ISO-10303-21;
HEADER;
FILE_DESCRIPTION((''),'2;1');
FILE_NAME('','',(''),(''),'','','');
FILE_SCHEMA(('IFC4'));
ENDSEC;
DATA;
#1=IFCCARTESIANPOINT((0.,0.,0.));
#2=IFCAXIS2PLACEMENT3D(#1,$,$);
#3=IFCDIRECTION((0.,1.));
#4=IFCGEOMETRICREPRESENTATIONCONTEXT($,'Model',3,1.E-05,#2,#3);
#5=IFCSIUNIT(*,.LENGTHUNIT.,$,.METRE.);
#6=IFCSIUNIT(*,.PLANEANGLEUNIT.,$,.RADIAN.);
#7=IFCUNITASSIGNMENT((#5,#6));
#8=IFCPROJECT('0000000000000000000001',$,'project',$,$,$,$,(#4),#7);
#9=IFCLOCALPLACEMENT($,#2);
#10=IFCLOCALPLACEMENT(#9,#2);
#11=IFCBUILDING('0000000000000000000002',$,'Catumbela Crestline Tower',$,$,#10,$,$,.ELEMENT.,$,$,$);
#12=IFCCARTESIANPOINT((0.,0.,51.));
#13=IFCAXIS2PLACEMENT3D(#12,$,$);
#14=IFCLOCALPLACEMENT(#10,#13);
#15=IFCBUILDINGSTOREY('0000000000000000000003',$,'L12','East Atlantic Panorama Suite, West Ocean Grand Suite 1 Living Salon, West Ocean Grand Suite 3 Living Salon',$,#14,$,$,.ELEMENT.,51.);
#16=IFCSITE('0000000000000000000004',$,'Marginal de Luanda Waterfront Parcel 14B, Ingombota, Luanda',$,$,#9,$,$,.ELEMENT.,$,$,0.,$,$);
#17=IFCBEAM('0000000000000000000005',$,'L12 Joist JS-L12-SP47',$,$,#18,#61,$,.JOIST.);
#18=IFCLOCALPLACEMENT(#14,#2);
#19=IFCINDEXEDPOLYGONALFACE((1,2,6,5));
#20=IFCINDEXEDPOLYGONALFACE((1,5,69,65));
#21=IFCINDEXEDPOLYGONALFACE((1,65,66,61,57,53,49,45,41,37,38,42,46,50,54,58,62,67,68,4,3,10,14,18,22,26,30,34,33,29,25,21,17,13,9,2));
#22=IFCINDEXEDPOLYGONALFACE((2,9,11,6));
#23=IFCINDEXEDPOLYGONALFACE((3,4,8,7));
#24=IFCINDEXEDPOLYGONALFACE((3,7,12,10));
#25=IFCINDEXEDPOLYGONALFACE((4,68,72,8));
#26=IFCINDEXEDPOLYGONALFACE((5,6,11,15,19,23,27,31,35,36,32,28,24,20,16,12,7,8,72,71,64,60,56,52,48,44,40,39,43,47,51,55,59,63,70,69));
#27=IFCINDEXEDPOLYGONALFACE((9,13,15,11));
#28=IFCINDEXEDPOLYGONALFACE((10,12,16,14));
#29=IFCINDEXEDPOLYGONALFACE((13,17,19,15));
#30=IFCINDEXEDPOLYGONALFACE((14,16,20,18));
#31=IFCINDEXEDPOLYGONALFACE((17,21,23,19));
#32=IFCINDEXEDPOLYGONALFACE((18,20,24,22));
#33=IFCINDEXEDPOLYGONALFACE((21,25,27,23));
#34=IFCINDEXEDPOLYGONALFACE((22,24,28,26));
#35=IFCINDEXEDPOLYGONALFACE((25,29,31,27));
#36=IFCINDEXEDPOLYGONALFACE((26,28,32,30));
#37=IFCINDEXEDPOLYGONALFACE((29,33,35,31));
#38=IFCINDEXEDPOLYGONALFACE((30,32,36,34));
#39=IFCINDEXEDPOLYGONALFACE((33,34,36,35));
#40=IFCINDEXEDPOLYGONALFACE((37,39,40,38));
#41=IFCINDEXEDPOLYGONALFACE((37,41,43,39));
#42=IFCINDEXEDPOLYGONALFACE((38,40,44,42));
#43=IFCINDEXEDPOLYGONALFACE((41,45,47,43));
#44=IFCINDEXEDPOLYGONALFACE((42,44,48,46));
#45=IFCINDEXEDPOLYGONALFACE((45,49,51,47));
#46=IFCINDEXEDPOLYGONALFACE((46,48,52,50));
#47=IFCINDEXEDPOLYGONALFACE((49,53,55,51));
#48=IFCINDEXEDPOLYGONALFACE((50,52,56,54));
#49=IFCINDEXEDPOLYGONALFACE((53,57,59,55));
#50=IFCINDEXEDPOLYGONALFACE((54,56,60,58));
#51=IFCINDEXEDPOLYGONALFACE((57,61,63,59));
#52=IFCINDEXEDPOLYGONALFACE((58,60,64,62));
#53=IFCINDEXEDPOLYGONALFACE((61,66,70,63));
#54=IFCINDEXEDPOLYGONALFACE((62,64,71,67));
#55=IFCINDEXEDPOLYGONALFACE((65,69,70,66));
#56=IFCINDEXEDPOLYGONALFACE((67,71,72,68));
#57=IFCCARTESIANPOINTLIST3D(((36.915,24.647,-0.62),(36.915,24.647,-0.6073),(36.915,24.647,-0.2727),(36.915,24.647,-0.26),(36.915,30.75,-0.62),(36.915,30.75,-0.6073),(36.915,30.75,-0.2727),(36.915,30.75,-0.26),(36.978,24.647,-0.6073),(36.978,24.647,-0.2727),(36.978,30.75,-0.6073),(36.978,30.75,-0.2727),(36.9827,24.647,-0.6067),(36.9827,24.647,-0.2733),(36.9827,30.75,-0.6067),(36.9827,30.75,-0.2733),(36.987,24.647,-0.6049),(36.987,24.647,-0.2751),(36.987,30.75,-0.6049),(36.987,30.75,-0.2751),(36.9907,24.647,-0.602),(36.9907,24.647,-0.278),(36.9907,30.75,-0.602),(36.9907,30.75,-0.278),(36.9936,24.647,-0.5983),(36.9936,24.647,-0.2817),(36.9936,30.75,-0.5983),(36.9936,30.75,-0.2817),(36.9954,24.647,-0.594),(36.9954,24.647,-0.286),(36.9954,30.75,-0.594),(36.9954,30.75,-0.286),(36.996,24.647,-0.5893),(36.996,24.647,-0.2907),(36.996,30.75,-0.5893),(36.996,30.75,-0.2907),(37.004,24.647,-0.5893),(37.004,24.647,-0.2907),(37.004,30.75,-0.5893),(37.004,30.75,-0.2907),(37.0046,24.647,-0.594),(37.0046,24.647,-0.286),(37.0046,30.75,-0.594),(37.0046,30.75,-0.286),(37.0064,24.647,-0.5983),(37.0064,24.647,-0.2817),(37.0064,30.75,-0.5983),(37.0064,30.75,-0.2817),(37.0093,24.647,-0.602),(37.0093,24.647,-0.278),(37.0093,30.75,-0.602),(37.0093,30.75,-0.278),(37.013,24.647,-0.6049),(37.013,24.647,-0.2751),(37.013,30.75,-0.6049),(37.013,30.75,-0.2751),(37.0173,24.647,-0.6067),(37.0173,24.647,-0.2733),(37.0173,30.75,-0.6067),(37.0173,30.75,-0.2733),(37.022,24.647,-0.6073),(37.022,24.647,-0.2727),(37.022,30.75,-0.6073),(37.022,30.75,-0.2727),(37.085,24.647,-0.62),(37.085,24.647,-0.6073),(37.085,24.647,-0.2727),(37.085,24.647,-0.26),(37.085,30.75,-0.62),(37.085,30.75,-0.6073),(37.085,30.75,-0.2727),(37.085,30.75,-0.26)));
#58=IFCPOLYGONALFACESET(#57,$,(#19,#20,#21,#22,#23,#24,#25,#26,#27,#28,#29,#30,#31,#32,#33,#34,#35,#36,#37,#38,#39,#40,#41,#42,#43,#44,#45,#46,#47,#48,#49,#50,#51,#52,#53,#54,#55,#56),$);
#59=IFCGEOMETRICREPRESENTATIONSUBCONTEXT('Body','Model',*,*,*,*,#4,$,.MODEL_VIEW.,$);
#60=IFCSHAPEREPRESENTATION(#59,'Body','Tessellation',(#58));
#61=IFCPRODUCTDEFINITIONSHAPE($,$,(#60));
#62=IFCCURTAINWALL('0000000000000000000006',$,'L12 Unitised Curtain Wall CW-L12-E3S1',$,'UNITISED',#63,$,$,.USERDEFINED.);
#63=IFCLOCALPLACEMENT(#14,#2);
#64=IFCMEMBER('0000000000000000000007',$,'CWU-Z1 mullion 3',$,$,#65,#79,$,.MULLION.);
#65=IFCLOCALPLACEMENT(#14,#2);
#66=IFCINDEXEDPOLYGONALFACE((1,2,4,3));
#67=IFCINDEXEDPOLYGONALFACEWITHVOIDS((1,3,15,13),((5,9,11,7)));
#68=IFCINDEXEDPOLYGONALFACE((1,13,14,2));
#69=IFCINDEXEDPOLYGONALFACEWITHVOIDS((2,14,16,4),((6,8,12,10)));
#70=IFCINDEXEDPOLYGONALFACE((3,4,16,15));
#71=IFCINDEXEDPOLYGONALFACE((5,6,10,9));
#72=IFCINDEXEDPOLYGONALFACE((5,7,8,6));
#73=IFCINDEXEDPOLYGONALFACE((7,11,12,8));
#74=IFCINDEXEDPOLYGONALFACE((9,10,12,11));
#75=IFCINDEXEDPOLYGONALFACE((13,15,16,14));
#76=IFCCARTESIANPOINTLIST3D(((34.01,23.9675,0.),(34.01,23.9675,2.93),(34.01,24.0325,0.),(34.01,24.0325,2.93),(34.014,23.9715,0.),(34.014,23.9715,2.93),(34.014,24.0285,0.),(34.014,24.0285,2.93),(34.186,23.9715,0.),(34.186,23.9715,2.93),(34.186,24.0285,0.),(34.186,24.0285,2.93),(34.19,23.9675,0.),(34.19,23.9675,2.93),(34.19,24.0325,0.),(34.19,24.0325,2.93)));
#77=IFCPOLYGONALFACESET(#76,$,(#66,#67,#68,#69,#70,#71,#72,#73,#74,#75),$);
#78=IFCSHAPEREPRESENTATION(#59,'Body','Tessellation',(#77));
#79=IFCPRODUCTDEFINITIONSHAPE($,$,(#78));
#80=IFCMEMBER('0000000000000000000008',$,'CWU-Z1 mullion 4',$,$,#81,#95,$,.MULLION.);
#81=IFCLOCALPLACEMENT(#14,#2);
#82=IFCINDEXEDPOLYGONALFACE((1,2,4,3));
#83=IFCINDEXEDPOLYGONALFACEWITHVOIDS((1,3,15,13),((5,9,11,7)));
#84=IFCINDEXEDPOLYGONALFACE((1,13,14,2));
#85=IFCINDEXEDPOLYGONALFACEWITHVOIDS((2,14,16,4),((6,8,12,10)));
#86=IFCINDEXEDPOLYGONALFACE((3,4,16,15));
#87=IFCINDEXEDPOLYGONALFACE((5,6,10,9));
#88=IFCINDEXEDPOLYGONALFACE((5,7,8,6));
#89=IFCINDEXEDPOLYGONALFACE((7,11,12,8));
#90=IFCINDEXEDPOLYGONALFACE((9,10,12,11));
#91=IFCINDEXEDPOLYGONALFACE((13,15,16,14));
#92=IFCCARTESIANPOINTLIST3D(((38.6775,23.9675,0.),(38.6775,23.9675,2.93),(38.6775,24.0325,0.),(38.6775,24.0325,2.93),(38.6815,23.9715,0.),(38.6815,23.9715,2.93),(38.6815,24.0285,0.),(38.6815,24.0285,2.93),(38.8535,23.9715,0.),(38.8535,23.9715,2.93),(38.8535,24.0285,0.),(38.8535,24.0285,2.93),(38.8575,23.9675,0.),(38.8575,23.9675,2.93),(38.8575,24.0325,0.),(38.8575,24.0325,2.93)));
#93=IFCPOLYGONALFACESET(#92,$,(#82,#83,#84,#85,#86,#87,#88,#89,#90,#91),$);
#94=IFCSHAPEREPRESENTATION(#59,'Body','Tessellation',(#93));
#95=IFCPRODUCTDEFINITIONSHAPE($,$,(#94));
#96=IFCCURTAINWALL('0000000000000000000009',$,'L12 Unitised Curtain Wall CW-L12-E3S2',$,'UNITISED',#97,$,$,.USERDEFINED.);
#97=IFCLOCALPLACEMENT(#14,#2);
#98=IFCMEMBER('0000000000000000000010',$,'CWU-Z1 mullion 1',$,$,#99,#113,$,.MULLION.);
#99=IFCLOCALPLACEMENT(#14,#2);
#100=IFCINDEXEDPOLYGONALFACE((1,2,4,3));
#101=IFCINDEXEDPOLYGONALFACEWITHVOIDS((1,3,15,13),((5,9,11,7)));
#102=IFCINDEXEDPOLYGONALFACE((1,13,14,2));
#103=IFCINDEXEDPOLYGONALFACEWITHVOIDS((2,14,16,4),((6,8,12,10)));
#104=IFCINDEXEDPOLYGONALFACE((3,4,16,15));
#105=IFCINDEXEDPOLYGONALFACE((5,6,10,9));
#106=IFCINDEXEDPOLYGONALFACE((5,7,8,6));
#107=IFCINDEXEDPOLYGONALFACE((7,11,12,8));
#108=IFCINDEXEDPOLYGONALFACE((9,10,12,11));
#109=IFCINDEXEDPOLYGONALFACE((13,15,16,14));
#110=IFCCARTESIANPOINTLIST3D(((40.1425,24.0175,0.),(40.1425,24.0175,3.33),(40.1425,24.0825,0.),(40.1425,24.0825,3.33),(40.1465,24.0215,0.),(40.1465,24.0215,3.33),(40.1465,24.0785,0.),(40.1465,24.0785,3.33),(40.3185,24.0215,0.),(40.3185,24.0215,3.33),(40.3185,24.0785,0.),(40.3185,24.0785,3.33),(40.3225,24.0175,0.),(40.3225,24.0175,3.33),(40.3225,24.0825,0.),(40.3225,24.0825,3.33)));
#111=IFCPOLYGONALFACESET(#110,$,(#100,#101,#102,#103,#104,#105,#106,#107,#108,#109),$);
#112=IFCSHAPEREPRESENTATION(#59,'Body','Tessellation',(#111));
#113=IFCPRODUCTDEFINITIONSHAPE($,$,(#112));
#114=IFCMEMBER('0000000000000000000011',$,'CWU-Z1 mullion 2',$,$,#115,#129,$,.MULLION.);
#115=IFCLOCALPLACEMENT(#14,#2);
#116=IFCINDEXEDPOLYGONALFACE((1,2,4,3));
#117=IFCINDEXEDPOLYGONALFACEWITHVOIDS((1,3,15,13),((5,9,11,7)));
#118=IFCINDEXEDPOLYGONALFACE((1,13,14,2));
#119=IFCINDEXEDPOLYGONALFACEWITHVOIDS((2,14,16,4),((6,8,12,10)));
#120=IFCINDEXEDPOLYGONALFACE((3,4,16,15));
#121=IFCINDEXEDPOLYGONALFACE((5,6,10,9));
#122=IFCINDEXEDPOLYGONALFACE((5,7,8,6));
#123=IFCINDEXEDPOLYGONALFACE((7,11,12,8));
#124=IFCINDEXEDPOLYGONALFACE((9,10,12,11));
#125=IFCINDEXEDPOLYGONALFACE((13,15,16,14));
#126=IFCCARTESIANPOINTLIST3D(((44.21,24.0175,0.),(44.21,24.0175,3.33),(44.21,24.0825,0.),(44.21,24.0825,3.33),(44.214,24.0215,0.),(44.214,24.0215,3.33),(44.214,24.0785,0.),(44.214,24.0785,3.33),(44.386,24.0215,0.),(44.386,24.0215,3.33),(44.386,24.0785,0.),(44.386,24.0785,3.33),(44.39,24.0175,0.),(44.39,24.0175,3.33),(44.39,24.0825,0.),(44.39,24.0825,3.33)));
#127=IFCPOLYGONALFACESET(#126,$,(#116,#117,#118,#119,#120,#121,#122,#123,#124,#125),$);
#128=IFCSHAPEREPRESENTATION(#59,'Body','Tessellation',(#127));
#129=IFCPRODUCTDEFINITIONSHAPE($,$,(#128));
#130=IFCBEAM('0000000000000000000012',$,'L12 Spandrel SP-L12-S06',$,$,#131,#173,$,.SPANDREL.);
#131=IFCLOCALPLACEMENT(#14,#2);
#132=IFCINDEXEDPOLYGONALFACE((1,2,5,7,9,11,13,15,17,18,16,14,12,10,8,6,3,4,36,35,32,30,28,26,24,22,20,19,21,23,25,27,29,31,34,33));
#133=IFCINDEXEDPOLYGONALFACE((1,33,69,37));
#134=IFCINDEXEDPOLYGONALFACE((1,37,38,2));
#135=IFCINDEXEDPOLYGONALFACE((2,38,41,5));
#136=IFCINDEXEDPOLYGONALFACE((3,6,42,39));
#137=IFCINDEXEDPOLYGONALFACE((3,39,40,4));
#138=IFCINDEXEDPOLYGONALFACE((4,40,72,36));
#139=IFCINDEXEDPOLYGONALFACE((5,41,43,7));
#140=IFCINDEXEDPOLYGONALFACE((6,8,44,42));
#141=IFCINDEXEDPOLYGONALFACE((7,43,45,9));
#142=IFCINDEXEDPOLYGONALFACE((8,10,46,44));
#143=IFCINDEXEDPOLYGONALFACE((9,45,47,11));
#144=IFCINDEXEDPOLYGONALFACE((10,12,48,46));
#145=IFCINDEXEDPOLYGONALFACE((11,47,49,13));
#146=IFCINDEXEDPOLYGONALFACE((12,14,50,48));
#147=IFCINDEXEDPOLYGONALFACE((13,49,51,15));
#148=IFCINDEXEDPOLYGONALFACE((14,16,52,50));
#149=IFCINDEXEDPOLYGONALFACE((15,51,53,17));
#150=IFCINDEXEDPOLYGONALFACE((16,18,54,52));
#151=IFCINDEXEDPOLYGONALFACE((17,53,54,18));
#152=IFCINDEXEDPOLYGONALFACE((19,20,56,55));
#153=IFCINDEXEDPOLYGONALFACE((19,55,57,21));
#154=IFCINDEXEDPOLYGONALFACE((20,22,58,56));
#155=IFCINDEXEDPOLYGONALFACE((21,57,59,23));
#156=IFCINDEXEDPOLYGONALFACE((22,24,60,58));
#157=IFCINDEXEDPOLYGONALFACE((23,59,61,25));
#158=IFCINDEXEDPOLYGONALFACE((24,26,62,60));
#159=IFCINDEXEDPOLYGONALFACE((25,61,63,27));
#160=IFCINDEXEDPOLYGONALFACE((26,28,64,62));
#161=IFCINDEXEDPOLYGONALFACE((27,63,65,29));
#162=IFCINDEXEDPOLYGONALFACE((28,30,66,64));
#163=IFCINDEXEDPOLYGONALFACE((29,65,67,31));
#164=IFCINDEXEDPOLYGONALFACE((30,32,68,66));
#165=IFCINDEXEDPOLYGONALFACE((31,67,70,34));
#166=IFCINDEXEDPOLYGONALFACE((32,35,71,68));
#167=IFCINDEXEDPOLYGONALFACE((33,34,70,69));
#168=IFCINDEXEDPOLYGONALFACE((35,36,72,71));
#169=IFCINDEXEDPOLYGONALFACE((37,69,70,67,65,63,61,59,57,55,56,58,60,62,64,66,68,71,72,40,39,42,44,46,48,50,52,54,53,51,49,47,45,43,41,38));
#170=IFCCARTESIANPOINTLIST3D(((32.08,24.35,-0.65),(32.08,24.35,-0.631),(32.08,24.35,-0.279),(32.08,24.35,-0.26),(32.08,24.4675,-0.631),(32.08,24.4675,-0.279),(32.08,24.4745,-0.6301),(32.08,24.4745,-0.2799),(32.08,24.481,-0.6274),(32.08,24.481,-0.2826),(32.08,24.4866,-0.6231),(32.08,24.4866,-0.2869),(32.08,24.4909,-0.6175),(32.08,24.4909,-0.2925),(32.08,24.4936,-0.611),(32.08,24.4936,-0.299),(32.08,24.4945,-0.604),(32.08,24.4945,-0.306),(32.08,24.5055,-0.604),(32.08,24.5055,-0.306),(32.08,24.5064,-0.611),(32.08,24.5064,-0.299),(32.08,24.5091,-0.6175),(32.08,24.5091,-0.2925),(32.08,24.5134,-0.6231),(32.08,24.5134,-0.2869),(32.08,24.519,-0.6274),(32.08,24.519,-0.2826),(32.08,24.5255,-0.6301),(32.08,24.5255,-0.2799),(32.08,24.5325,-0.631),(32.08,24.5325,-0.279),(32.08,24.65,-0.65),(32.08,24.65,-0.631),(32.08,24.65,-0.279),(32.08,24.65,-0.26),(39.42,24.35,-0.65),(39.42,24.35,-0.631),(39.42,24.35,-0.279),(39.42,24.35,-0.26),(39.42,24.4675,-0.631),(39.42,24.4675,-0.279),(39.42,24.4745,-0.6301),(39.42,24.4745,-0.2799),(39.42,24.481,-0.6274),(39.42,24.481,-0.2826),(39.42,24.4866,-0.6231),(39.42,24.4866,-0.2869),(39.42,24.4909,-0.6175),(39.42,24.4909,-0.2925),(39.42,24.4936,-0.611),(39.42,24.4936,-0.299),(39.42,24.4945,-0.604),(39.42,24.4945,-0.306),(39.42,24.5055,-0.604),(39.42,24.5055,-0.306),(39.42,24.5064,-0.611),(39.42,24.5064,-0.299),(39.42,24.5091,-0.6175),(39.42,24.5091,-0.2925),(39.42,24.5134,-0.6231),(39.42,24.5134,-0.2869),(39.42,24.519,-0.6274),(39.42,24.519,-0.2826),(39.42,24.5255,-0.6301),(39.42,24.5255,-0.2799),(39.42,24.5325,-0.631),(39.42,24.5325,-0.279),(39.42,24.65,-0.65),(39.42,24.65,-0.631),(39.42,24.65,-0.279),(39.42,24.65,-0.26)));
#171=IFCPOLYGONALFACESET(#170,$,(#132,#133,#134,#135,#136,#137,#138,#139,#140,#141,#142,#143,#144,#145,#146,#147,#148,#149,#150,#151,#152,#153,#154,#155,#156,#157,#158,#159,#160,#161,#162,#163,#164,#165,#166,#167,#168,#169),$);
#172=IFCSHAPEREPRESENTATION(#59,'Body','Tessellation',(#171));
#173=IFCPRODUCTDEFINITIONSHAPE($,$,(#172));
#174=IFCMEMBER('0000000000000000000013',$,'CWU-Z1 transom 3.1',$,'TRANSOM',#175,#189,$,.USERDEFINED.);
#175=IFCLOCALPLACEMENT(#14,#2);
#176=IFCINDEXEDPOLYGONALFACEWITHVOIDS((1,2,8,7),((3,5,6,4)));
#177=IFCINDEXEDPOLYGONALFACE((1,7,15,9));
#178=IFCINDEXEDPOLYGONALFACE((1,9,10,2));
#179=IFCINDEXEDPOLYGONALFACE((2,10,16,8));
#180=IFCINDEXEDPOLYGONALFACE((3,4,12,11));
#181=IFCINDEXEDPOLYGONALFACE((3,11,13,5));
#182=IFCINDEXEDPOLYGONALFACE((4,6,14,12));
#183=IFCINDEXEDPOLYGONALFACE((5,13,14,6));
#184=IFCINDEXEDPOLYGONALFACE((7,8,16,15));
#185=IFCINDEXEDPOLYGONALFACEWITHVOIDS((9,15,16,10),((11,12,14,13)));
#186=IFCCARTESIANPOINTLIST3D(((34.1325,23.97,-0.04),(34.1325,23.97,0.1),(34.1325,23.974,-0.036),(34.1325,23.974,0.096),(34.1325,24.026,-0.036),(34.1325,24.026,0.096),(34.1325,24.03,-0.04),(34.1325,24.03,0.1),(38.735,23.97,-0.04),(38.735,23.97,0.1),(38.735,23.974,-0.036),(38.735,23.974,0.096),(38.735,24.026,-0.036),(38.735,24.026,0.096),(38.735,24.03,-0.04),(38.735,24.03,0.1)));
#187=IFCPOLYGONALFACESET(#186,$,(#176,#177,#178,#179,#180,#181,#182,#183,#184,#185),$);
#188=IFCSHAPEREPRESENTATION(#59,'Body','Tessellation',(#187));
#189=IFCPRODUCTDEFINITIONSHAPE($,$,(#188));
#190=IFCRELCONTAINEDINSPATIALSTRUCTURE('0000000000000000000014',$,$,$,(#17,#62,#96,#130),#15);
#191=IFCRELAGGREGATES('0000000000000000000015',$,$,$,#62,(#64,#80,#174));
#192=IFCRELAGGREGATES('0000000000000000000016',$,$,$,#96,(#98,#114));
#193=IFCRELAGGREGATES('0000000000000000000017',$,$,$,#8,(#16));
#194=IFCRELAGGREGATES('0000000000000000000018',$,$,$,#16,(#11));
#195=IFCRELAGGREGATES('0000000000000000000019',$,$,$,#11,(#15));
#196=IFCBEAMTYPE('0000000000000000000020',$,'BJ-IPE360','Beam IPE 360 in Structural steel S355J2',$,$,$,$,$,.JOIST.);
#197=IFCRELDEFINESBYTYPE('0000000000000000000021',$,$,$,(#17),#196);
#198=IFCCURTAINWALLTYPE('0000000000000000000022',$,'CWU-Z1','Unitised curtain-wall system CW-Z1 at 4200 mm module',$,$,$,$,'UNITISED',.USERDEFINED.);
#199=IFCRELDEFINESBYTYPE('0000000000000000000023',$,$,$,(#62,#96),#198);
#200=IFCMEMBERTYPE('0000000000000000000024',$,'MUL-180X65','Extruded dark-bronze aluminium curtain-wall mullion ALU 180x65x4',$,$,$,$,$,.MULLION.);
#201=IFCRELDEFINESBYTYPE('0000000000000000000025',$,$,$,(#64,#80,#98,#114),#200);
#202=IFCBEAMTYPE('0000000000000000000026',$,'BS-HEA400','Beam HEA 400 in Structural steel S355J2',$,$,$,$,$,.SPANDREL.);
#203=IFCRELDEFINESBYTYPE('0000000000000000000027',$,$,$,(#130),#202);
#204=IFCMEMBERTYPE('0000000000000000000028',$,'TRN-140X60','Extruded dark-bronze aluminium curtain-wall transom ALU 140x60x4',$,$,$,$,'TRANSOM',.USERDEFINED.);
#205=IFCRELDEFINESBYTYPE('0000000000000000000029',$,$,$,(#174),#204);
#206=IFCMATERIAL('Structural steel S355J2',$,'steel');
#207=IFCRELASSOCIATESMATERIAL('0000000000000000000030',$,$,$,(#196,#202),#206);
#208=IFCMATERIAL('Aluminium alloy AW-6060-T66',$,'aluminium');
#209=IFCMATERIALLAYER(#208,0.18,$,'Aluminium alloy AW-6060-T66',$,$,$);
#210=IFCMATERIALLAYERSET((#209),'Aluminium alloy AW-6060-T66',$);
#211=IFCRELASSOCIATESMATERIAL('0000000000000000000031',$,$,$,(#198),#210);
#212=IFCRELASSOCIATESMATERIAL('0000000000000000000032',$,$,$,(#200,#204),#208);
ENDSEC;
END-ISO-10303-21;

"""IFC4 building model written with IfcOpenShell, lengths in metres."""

from ifc_helpers import new_model, si_unit, direction, frame, origin, origin_2d, place, context, subcontext, project, spatial, hollow_rectangle, i_section, extrude, material, layer, layer_set, material_profile, profile_set, type_object, element, aggregate, save


model = new_model("IFC4")

# Units and contexts
model_context = context("Model", 3, precision=1e-05, world=origin(), true_north=direction((0.0, 1.0)))
body_context = subcontext(model_context, "Body", "Model", "MODEL_VIEW")
ifc_project = project(units=[si_unit("LENGTHUNIT", "METRE"), si_unit("PLANEANGLEUNIT", "RADIAN")], contexts=[model_context])

# Site, building, storey
site_placement = place(None, origin())
site = spatial("IfcSite", under=ifc_project, at=site_placement, Name="Marginal de Luanda Waterfront Parcel 14B, Ingombota, Luanda", CompositionType="ELEMENT", RefElevation=0.0)
building_placement = place(site_placement, origin())
building = spatial("IfcBuilding", under=site, at=building_placement, Name="Catumbela Crestline Tower", CompositionType="ELEMENT")
storey_placement = place(building_placement, frame((0.0, 0.0, 51.0)))
storey = spatial("IfcBuildingStorey", under=building, at=storey_placement, Name="L12", Description="East Atlantic Panorama Suite, West Ocean Grand Suite 1 Living Salon, West Ocean Grand Suite 3 Living Salon", CompositionType="ELEMENT", Elevation=51.0)

# Beam
ifc_material_1 = material(Name="Structural steel S355J2", Category="steel")
ifc_material_profile_1 = material_profile(ifc_material_1, i_section(OverallWidth=0.17, OverallDepth=0.36, WebThickness=0.008, FlangeThickness=0.0127, FilletRadius=0.018, at=origin_2d()), Name="IPE 360")
ifc_profile_set_1 = profile_set([ifc_material_profile_1], Name="Structural steel S355J2")
beam_type_1 = type_object("IfcBeamType", Name="BJ-IPE360", Description="Beam IPE 360 in Structural steel S355J2", PredefinedType="JOIST", material=ifc_profile_set_1)
for number, where, z_axis, x_axis, name in (
    (1, (37.0, 24.647, -0.44), (0.0, 1.0, 0.0), (-1.0, 0.0, 0.0), "L12 Joist JS-L12-SP47"),
):
    element("IfcBeam", number, at=place(storey_placement, frame(where, z_axis=z_axis, x_axis=x_axis)), inside=storey, type_object=beam_type_1, Name=name, PredefinedType="JOIST", context=body_context, shape_type="SweptSolid", body=[
        extrude(i_section(OverallWidth=0.17, OverallDepth=0.36, WebThickness=0.008, FlangeThickness=0.0127, FilletRadius=0.018, at=origin_2d()), origin(), (0.0, 0.0, 1.0), 6.103),
    ])

# Curtain walls, members
ifc_material_2 = material(Name="Aluminium alloy AW-6060-T66", Category="aluminium")
ifc_layer_1 = layer(ifc_material_2, 0.18, Name="Aluminium alloy AW-6060-T66")
ifc_layer_set_1 = layer_set([ifc_layer_1], Name="Aluminium alloy AW-6060-T66")
curtain_wall_type = type_object("IfcCurtainWallType", Name="CWU-Z1", Description="Unitised curtain-wall system CW-Z1 at 4200 mm module", ElementType="UNITISED", PredefinedType="USERDEFINED", material=ifc_layer_set_1)
curtain_wall_1_placement = place(storey_placement, origin())
curtain_wall_1 = element("IfcCurtainWall", 2, at=curtain_wall_1_placement, inside=storey, type_object=curtain_wall_type, Name="L12 Unitised Curtain Wall CW-L12-E3S1", ObjectType="UNITISED", PredefinedType="USERDEFINED")
ifc_material_profile_2 = material_profile(ifc_material_2, hollow_rectangle(XDim=0.065, YDim=0.18, WallThickness=0.004, at=origin_2d()), Name="ALU 180x65x4")
ifc_profile_set_2 = profile_set([ifc_material_profile_2], Name="Aluminium alloy AW-6060-T66")
member_type_1 = type_object("IfcMemberType", Name="MUL-180X65", Description="Extruded dark-bronze aluminium curtain-wall mullion ALU 180x65x4", PredefinedType="MULLION", material=ifc_profile_set_2)
member_1_placement = place(storey_placement, frame((34.1, 24.0, 0.0), z_axis=(0.0, 0.0, 1.0), x_axis=(0.0, 1.0, 0.0)))
member_1 = element("IfcMember", 3, at=member_1_placement, type_object=member_type_1, Name="CWU-Z1 mullion 3", PredefinedType="MULLION", context=body_context, shape_type="SweptSolid", body=[
    extrude(hollow_rectangle(XDim=0.065, YDim=0.18, WallThickness=0.004, at=origin_2d()), origin(), (0.0, 0.0, 1.0), 2.93),
])
member_2_placement = place(storey_placement, frame((38.7675, 24.0, 0.0), z_axis=(0.0, 0.0, 1.0), x_axis=(0.0, 1.0, 0.0)))
member_2 = element("IfcMember", 4, at=member_2_placement, type_object=member_type_1, Name="CWU-Z1 mullion 4", PredefinedType="MULLION", context=body_context, shape_type="SweptSolid", body=[
    extrude(hollow_rectangle(XDim=0.065, YDim=0.18, WallThickness=0.004, at=origin_2d()), origin(), (0.0, 0.0, 1.0), 2.93),
])
curtain_wall_2_placement = place(storey_placement, origin())
curtain_wall_2 = element("IfcCurtainWall", 5, at=curtain_wall_2_placement, inside=storey, type_object=curtain_wall_type, Name="L12 Unitised Curtain Wall CW-L12-E3S2", ObjectType="UNITISED", PredefinedType="USERDEFINED")
member_3_placement = place(storey_placement, frame((40.2325, 24.05, 0.0), z_axis=(0.0, 0.0, 1.0), x_axis=(0.0, 1.0, 0.0)))
member_3 = element("IfcMember", 6, at=member_3_placement, type_object=member_type_1, Name="CWU-Z1 mullion 1", PredefinedType="MULLION", context=body_context, shape_type="SweptSolid", body=[
    extrude(hollow_rectangle(XDim=0.065, YDim=0.18, WallThickness=0.004, at=origin_2d()), origin(), (0.0, 0.0, 1.0), 3.33),
])
member_4_placement = place(storey_placement, frame((44.3, 24.05, 0.0), z_axis=(0.0, 0.0, 1.0), x_axis=(0.0, 1.0, 0.0)))
member_4 = element("IfcMember", 7, at=member_4_placement, type_object=member_type_1, Name="CWU-Z1 mullion 2", PredefinedType="MULLION", context=body_context, shape_type="SweptSolid", body=[
    extrude(hollow_rectangle(XDim=0.065, YDim=0.18, WallThickness=0.004, at=origin_2d()), origin(), (0.0, 0.0, 1.0), 3.33),
])

# Beam
ifc_material_profile_3 = material_profile(ifc_material_1, i_section(OverallWidth=0.3, OverallDepth=0.39, WebThickness=0.011, FlangeThickness=0.019, FilletRadius=0.027, at=origin_2d()), Name="HEA 400")
ifc_profile_set_3 = profile_set([ifc_material_profile_3], Name="Structural steel S355J2")
beam_type_2 = type_object("IfcBeamType", Name="BS-HEA400", Description="Beam HEA 400 in Structural steel S355J2", PredefinedType="SPANDREL", material=ifc_profile_set_3)
beam_1_placement = place(storey_placement, frame((32.08, 24.5, -0.455), z_axis=(1.0, 0.0, 0.0), x_axis=(0.0, 1.0, 0.0)))
element("IfcBeam", 8, at=beam_1_placement, inside=storey, type_object=beam_type_2, Name="L12 Spandrel SP-L12-S06", PredefinedType="SPANDREL", context=body_context, shape_type="SweptSolid", body=[
    extrude(i_section(OverallWidth=0.3, OverallDepth=0.39, WebThickness=0.011, FlangeThickness=0.019, FilletRadius=0.027, at=origin_2d()), origin(), (0.0, 0.0, 1.0), 7.34),
])

# Member
ifc_material_profile_4 = material_profile(ifc_material_2, hollow_rectangle(XDim=0.06, YDim=0.14, WallThickness=0.004, at=origin_2d()), Name="ALU 140x60x4")
ifc_profile_set_4 = profile_set([ifc_material_profile_4], Name="Aluminium alloy AW-6060-T66")
member_type_2 = type_object("IfcMemberType", Name="TRN-140X60", Description="Extruded dark-bronze aluminium curtain-wall transom ALU 140x60x4", ElementType="TRANSOM", PredefinedType="USERDEFINED", material=ifc_profile_set_4)
member_5_placement = place(storey_placement, frame((34.1325, 24.0, 0.03), z_axis=(1.0, 0.0, 0.0), x_axis=(0.0, 1.0, 0.0)))
member_5 = element("IfcMember", 9, at=member_5_placement, type_object=member_type_2, Name="CWU-Z1 transom 3.1", ObjectType="TRANSOM", PredefinedType="USERDEFINED", context=body_context, shape_type="SweptSolid", body=[
    extrude(hollow_rectangle(XDim=0.06, YDim=0.14, WallThickness=0.004, at=origin_2d()), origin(), (0.0, 0.0, 1.0), 4.6025),
])

aggregate(curtain_wall_1, [member_1, member_2, member_5])
aggregate(curtain_wall_2, [member_3, member_4])

save(model, "model.ifc")
